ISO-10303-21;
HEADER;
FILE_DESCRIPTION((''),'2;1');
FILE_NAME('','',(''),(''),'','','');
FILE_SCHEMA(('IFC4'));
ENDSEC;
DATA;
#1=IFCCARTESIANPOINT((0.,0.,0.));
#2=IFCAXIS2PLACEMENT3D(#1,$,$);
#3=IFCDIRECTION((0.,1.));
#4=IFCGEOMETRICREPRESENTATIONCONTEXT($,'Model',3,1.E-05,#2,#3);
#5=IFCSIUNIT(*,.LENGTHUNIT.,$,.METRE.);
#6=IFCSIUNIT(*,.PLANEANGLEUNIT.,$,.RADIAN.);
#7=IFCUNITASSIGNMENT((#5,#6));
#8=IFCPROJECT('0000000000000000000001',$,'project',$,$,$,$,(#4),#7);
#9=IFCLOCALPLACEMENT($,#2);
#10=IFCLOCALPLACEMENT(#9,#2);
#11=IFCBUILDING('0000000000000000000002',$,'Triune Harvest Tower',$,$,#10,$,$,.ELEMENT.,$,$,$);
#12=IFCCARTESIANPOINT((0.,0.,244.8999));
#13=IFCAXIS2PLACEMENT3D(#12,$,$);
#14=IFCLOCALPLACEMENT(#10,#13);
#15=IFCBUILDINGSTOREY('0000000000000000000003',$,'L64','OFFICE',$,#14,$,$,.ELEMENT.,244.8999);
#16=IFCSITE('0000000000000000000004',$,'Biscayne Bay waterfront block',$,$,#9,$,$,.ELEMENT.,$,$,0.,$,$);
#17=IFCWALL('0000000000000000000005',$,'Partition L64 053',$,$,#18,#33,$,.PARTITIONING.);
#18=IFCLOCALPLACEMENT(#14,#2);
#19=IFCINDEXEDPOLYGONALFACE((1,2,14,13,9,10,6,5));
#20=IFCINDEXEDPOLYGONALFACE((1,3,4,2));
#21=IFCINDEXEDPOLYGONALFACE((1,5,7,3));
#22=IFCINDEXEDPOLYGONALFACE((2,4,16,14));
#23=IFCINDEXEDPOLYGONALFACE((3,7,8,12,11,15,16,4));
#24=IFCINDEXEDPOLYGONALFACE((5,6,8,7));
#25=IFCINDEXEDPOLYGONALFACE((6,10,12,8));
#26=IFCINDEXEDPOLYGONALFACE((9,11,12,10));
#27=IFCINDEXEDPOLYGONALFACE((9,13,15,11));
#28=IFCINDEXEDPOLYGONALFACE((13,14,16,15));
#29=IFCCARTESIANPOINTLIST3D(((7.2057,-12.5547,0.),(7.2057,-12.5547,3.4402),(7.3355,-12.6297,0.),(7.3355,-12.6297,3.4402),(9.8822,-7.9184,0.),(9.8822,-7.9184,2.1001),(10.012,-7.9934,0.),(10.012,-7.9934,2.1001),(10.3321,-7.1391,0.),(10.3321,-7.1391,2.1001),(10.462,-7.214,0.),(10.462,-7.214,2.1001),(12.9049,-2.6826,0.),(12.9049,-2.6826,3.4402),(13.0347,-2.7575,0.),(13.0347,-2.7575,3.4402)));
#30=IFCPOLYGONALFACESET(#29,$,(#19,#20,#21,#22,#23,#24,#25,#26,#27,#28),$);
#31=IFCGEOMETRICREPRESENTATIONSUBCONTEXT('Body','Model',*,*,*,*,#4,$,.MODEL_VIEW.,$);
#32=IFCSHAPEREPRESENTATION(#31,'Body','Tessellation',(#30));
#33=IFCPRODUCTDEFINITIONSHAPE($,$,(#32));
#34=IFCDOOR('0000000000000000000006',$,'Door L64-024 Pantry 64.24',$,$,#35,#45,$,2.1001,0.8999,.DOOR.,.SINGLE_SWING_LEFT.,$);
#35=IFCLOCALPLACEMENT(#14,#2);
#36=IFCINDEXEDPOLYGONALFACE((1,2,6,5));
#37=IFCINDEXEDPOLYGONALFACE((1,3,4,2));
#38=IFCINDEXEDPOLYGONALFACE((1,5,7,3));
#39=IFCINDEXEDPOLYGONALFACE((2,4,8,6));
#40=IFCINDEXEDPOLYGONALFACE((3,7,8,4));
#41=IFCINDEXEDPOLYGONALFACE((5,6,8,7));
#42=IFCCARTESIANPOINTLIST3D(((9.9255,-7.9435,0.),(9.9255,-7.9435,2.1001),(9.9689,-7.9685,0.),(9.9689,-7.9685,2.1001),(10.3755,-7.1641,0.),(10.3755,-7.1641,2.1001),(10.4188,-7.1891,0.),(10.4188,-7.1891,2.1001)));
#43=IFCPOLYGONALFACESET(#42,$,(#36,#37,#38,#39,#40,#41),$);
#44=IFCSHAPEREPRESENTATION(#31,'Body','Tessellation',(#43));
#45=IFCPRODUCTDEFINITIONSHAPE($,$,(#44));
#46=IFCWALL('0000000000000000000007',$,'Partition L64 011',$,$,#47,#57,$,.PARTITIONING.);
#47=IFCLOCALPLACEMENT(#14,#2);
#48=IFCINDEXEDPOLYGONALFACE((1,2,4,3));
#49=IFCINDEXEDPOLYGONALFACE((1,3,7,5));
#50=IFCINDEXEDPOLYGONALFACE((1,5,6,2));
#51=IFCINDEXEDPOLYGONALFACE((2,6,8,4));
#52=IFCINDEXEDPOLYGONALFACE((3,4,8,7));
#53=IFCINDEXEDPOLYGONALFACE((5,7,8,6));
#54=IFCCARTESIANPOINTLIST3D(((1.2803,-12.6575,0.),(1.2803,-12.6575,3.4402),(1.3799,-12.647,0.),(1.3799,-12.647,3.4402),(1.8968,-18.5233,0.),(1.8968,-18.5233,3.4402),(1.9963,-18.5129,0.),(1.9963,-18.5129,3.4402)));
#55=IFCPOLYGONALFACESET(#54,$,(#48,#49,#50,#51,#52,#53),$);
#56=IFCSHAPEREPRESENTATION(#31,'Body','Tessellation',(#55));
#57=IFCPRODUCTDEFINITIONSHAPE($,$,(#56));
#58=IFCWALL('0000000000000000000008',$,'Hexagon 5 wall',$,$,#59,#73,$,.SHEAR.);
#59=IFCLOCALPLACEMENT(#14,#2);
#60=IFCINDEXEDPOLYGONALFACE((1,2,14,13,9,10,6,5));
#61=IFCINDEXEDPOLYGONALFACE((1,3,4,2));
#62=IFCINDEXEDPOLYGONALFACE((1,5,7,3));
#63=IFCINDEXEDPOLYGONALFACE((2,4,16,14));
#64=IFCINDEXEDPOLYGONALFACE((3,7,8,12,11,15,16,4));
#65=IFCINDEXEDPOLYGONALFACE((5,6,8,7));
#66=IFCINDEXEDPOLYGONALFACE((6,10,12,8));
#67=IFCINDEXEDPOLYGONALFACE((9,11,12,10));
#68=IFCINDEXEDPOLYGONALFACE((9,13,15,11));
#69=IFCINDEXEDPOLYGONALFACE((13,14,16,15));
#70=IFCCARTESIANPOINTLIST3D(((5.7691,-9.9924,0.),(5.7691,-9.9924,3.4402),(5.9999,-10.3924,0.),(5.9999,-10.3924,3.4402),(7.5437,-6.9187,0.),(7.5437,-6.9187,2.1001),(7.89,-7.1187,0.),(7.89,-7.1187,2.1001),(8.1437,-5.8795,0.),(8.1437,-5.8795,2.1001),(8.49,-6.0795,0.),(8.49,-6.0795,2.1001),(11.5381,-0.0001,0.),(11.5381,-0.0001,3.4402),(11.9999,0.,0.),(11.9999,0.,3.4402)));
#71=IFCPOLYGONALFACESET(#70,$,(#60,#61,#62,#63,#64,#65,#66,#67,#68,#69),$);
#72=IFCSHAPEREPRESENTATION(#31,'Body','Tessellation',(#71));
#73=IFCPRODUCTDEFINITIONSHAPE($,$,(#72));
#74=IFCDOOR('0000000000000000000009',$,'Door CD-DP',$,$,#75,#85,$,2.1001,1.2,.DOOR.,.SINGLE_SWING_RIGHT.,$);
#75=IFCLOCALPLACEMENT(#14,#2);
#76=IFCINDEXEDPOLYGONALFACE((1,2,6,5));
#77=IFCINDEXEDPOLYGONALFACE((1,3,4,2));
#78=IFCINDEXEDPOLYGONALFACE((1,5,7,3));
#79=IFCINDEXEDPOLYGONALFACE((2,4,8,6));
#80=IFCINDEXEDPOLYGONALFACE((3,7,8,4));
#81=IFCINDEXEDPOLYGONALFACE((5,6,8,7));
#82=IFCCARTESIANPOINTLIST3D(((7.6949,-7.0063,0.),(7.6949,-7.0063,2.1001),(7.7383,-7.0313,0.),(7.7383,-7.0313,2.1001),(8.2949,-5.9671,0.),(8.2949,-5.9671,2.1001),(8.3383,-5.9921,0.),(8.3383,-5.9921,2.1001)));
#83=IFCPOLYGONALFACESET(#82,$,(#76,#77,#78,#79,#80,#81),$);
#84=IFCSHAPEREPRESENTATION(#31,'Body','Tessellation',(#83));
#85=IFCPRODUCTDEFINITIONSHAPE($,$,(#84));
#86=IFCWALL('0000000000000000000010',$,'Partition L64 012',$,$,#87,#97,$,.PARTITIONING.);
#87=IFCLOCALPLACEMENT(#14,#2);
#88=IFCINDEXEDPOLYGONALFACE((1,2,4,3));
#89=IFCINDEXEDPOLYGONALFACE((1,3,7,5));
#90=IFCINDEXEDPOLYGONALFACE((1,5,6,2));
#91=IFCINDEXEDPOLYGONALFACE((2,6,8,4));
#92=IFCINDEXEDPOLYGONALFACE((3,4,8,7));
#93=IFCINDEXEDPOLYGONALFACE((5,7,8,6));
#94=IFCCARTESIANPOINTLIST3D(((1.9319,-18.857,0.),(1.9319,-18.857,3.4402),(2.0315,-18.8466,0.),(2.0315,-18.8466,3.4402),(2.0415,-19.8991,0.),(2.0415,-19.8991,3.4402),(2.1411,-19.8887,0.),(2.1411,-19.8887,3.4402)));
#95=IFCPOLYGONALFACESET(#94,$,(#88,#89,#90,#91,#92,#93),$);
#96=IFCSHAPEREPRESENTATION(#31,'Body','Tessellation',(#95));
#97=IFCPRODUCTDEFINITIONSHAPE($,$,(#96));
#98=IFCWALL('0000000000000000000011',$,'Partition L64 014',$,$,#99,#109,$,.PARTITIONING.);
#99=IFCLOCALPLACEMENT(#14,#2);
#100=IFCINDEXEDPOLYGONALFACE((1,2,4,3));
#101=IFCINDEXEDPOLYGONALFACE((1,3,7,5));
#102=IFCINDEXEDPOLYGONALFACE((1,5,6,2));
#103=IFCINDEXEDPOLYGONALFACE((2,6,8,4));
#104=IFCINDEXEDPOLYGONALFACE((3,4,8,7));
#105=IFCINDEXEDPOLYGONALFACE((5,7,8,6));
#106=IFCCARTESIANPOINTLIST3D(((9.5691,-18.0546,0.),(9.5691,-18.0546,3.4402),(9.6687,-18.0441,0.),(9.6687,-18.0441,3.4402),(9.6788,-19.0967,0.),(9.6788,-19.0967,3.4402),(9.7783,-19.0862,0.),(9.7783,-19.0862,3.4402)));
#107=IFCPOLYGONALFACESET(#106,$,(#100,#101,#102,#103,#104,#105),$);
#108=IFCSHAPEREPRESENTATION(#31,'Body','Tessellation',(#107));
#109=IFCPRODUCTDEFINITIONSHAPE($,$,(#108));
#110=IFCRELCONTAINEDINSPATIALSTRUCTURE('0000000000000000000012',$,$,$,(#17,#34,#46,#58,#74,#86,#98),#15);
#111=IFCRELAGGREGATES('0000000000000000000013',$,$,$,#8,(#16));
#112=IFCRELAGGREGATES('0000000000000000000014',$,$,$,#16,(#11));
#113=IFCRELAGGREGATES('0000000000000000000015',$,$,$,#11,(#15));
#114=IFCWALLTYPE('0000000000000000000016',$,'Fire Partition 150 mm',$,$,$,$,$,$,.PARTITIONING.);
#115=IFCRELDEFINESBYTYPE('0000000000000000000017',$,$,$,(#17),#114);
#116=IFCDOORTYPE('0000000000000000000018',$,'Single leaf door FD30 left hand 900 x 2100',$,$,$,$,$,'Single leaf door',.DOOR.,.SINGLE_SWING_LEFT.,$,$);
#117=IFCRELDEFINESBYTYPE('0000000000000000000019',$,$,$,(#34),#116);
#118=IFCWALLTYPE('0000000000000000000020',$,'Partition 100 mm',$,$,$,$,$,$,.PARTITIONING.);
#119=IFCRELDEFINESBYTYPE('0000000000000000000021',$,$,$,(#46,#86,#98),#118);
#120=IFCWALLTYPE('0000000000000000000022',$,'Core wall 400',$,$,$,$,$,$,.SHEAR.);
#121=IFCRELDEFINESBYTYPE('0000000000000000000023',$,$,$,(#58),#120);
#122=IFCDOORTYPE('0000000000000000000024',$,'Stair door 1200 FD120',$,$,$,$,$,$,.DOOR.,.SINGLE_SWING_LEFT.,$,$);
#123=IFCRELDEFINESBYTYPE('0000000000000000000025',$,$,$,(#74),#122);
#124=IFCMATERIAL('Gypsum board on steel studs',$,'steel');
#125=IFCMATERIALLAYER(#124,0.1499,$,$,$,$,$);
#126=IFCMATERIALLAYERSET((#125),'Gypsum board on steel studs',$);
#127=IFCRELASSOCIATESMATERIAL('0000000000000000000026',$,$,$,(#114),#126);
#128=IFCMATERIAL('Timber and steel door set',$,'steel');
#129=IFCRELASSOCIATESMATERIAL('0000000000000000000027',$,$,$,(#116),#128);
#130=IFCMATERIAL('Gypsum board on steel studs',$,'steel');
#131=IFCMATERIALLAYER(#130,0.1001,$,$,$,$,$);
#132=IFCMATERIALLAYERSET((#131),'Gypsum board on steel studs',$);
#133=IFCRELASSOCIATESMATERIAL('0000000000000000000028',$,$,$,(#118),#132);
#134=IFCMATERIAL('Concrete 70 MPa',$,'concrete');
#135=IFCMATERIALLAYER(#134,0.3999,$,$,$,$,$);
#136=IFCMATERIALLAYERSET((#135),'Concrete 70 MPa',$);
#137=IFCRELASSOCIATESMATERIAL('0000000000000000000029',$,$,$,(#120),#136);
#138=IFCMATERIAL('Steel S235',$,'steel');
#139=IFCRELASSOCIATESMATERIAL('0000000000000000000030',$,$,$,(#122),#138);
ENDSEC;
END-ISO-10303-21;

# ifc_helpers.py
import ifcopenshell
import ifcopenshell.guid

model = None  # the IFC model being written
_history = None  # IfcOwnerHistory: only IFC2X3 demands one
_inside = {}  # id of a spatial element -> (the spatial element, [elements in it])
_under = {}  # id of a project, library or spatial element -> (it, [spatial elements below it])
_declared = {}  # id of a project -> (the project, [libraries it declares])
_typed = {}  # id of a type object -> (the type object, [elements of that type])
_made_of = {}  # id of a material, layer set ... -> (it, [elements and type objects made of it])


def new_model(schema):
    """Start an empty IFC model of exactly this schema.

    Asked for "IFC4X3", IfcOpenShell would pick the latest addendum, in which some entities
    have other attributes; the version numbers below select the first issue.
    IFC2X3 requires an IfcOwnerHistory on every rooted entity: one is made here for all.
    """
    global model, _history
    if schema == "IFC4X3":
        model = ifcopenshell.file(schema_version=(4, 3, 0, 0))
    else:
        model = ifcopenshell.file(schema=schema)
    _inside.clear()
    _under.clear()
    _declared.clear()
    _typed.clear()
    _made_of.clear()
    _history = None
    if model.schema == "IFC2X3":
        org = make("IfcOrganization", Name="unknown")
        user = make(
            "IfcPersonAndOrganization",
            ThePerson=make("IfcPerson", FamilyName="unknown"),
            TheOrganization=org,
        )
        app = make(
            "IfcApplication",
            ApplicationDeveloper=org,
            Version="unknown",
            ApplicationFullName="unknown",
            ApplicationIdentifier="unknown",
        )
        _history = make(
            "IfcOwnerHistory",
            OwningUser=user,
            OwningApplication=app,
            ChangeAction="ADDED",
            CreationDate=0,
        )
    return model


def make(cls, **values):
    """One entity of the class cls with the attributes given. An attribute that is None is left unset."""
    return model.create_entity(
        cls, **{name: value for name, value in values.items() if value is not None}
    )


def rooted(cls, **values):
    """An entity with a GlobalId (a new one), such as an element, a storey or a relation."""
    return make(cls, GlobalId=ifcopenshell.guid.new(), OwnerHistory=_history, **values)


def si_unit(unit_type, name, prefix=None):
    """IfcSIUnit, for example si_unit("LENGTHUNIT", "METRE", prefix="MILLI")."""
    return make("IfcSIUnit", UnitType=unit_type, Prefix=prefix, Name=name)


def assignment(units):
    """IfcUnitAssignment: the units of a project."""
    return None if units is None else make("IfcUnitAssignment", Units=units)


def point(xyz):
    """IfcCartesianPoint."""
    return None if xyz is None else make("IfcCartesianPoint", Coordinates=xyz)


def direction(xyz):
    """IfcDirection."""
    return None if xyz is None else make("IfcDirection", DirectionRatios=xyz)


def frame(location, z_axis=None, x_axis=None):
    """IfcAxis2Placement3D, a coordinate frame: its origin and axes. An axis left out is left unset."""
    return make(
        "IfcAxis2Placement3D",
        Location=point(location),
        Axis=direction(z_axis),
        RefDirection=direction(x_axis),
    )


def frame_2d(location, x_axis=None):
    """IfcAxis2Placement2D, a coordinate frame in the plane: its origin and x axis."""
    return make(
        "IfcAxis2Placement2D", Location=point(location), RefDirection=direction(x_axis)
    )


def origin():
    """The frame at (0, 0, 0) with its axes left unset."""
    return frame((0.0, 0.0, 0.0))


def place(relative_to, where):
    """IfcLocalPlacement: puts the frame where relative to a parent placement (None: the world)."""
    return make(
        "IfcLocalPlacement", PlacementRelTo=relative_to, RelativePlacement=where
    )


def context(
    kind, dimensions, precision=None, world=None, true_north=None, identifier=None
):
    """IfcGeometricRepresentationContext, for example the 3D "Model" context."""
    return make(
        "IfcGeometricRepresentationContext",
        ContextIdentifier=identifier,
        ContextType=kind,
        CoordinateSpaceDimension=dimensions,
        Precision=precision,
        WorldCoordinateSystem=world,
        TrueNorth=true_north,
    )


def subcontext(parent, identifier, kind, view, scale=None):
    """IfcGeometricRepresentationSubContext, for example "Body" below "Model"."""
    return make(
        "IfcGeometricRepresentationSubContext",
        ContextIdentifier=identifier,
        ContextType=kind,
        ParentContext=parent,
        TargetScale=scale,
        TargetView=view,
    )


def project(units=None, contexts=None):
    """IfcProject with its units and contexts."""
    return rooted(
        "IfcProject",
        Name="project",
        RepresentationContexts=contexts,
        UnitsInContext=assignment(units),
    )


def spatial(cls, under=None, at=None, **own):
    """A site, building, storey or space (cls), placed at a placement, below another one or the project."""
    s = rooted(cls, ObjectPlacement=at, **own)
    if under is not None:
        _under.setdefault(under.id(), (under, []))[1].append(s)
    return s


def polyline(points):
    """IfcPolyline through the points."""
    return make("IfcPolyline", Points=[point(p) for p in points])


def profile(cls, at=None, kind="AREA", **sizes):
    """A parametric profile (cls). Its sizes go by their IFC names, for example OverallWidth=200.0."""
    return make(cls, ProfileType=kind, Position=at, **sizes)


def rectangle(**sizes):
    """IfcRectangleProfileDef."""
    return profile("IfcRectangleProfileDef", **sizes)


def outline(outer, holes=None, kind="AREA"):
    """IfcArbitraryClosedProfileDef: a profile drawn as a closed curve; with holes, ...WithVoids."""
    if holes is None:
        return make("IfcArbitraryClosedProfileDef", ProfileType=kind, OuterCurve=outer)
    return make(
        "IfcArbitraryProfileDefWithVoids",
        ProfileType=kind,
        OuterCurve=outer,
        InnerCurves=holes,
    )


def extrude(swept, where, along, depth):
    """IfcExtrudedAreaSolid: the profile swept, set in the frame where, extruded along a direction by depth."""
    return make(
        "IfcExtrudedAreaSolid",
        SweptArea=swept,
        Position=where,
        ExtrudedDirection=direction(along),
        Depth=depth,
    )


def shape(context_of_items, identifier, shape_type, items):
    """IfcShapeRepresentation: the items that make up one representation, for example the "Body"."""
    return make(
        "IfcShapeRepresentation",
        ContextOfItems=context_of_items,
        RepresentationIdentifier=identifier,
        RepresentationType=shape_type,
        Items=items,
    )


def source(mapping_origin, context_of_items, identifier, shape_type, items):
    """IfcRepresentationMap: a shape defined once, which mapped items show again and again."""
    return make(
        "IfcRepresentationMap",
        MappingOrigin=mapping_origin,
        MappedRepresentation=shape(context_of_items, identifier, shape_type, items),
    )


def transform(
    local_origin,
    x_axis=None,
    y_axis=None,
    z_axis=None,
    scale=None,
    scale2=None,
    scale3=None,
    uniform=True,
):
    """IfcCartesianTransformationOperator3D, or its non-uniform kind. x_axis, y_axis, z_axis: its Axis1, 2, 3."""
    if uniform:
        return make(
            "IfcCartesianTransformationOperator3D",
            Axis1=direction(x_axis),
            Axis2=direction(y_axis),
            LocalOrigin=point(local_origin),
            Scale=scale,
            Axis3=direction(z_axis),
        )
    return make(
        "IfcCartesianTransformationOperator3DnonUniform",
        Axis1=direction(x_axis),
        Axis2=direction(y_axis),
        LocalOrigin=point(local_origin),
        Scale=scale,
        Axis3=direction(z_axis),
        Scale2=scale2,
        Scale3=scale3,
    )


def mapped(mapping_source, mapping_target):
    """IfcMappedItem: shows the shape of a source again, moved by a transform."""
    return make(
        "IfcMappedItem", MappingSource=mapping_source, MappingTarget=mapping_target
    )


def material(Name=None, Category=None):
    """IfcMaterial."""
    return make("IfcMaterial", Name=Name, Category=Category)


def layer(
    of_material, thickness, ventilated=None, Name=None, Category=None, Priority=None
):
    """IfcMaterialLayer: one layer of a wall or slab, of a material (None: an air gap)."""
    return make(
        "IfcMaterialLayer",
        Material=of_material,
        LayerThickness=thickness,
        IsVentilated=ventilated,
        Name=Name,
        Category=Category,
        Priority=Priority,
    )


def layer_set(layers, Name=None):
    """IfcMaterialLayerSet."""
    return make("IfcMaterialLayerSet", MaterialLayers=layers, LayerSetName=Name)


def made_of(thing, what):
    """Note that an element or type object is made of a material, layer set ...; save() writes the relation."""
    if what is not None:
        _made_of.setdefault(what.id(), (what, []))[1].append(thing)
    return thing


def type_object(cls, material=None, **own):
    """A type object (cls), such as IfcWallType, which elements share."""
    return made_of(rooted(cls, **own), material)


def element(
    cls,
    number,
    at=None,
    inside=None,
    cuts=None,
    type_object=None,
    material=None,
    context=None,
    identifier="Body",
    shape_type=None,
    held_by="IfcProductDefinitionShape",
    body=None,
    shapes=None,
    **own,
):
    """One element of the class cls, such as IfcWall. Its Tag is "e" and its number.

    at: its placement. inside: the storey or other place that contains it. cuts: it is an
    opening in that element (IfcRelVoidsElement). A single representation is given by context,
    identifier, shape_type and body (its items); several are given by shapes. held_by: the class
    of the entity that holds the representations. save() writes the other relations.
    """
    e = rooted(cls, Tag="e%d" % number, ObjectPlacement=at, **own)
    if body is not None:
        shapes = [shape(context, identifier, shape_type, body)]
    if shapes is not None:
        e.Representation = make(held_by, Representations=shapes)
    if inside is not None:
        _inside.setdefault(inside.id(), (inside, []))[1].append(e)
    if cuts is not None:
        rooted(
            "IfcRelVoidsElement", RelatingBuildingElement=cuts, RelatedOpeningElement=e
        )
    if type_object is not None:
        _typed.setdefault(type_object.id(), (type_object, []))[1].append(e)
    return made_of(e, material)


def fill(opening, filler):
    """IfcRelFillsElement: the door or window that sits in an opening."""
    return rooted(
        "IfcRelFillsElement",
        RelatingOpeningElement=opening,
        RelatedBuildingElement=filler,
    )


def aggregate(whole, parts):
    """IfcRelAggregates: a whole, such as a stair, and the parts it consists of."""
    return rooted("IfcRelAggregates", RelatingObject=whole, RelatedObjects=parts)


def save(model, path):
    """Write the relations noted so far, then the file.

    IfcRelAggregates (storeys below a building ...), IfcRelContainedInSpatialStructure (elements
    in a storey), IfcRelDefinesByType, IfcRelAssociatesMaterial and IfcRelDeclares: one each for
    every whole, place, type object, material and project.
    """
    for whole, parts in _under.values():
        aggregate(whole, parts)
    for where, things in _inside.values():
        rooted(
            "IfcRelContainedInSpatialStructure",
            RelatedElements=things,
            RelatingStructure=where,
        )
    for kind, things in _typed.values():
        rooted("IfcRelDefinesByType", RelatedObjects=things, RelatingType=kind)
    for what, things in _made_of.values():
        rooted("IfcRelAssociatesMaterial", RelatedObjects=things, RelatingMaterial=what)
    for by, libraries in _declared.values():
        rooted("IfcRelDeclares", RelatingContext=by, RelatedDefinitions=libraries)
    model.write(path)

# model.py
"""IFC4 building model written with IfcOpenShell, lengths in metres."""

from ifc_helpers import new_model, si_unit, direction, frame, frame_2d, origin, place, context, subcontext, project, spatial, polyline, rectangle, outline, extrude, source, transform, mapped, material, layer, layer_set, type_object, element, fill, save


model = new_model("IFC4")

# Units and contexts
model_context = context("Model", 3, precision=1e-05, world=origin(), true_north=direction((0.0, 1.0)))
body_context = subcontext(model_context, "Body", "Model", "MODEL_VIEW")
ifc_project = project(units=[si_unit("LENGTHUNIT", "METRE"), si_unit("PLANEANGLEUNIT", "RADIAN")], contexts=[model_context])

# Site, building, storey
site_placement = place(None, origin())
site = spatial("IfcSite", under=ifc_project, at=site_placement, Name="Biscayne Bay waterfront block", CompositionType="ELEMENT", RefElevation=0.0)
building_placement = place(site_placement, origin())
building = spatial("IfcBuilding", under=site, at=building_placement, Name="Triune Harvest Tower", CompositionType="ELEMENT")
storey_placement = place(building_placement, frame((0.0, 0.0, 244.8999)))
storey = spatial("IfcBuildingStorey", under=building, at=storey_placement, Name="L64", Description="OFFICE", CompositionType="ELEMENT", Elevation=244.8999)

# Wall, opening, door
ifc_material_1 = material(Name="Gypsum board on steel studs", Category="steel")
ifc_layer_1 = layer(ifc_material_1, 0.1499)
ifc_layer_set_1 = layer_set([ifc_layer_1], Name="Gypsum board on steel studs")
wall_type_1 = type_object("IfcWallType", Name="Fire Partition 150 mm", PredefinedType="PARTITIONING", material=ifc_layer_set_1)
wall_1_placement = place(storey_placement, frame((7.2705, -12.5923, 0.0), z_axis=(0.0, 0.0, 1.0), x_axis=(0.499972, 0.866041, 0.0)))
wall_1 = element("IfcWall", 1, at=wall_1_placement, inside=storey, type_object=wall_type_1, Name="Partition L64 053", PredefinedType="PARTITIONING", context=body_context, shape_type="SweptSolid", body=[
    extrude(rectangle(XDim=11.3992, YDim=0.1499, at=frame_2d((5.6997, 0.0))), origin(), (0.0, 0.0, 1.0), 3.4402),
])
opening_1_placement = place(wall_1_placement, frame((5.3535, 0.0, 0.0)))
opening_1 = element("IfcOpeningElement", 2, at=opening_1_placement, cuts=wall_1, PredefinedType="OPENING", context=body_context, shape_type="SweptSolid", body=[
    extrude(rectangle(XDim=0.8999, YDim=2.1001, at=frame_2d((0.45, 1.05))), frame((0.0, 0.085, 0.0), z_axis=(0.0, -1.0, 0.0), x_axis=(1.0, 0.0, 0.0)), (0.0, 0.0, 1.0), 0.1699),
])
ifc_material_2 = material(Name="Timber and steel door set", Category="steel")
door_type_1 = type_object("IfcDoorType", Name="Single leaf door FD30 left hand 900 x 2100", ElementType="Single leaf door", OperationType="SINGLE_SWING_LEFT", PredefinedType="DOOR", material=ifc_material_2)
door_1_placement = place(opening_1_placement, origin())
door_1 = element("IfcDoor", 3, at=door_1_placement, inside=storey, type_object=door_type_1, Name="Door L64-024 Pantry 64.24", OperationType="SINGLE_SWING_LEFT", OverallHeight=2.1001, OverallWidth=0.8999, PredefinedType="DOOR", context=body_context, shape_type="SweptSolid", body=[
    extrude(rectangle(XDim=0.8999, YDim=2.1001, at=frame_2d((0.45, 1.05))), frame((0.0, 0.0249, 0.0), z_axis=(0.0, -1.0, 0.0), x_axis=(1.0, 0.0, 0.0)), (0.0, 0.0, 1.0), 0.05),
])
fill(opening_1, door_1)

# Wall
ifc_material_3 = material(Name="Gypsum board on steel studs", Category="steel")
ifc_layer_2 = layer(ifc_material_3, 0.1001)
ifc_layer_set_2 = layer_set([ifc_layer_2], Name="Gypsum board on steel studs")
wall_type_2 = type_object("IfcWallType", Name="Partition 100 mm", PredefinedType="PARTITIONING", material=ifc_layer_set_2)
wall_2_placement = place(storey_placement, frame((1.3301, -12.6521, 0.0), z_axis=(0.0, 0.0, 1.0), x_axis=(0.104515, -0.994523, 0.0)))
element("IfcWall", 4, at=wall_2_placement, inside=storey, type_object=wall_type_2, Name="Partition L64 011", PredefinedType="PARTITIONING", context=body_context, shape_type="SweptSolid", body=[
    extrude(rectangle(XDim=5.8982, YDim=0.1001, at=frame_2d((2.9492, 0.0))), origin(), (0.0, 0.0, 1.0), 3.4402),
])

# Wall, opening, door
ifc_material_4 = material(Name="Concrete 70 MPa", Category="concrete")
ifc_layer_3 = layer(ifc_material_4, 0.3999)
ifc_layer_set_3 = layer_set([ifc_layer_3], Name="Concrete 70 MPa")
wall_type_3 = type_object("IfcWallType", Name="Core wall 400", PredefinedType="SHEAR", material=ifc_layer_set_3)
shared_shape_1 = source(origin(), body_context, "Body", "SweptSolid", [
    extrude(outline(polyline([(-0.1155, -0.2), (11.8845, -0.2), (11.6536, 0.2), (0.1155, 0.2), (-0.1155, -0.2)])), origin(), (0.0, 0.0, 1.0), 3.4402),
])
wall_3_placement = place(storey_placement, frame((5.8845, -10.1924, 0.0), z_axis=(0.0, 0.0, 1.0), x_axis=(0.499997, 0.866027, 0.0)))
wall_3 = element("IfcWall", 5, at=wall_3_placement, inside=storey, type_object=wall_type_3, Name="Hexagon 5 wall", PredefinedType="SHEAR", context=body_context, shape_type="MappedRepresentation", body=[
    mapped(shared_shape_1, transform((0.0, 0.0, 0.0), scale=1.0)),
])
opening_2_placement = place(wall_3_placement, frame((3.6646, 0.0, 0.0)))
opening_2 = element("IfcOpeningElement", 6, at=opening_2_placement, cuts=wall_3, PredefinedType="OPENING", context=body_context, shape_type="SweptSolid", body=[
    extrude(rectangle(XDim=1.2, YDim=2.1001, at=frame_2d((0.6001, 1.05))), frame((0.0, 0.21, 0.0), z_axis=(0.0, -1.0, 0.0), x_axis=(1.0, 0.0, 0.0)), (0.0, 0.0, 1.0), 0.4199),
])
ifc_material_5 = material(Name="Steel S235", Category="steel")
door_type_2 = type_object("IfcDoorType", Name="Stair door 1200 FD120", OperationType="SINGLE_SWING_LEFT", PredefinedType="DOOR", material=ifc_material_5)
door_2_placement = place(opening_2_placement, frame((1.2, 0.0, 0.0), z_axis=(0.0, 0.0, 1.0), x_axis=(-1.0, 0.0, 0.0)))
door_2 = element("IfcDoor", 7, at=door_2_placement, inside=storey, type_object=door_type_2, Name="Door CD-DP", OperationType="SINGLE_SWING_RIGHT", OverallHeight=2.1001, OverallWidth=1.2, PredefinedType="DOOR", context=body_context, shape_type="SweptSolid", body=[
    extrude(rectangle(XDim=1.2, YDim=2.1001, at=frame_2d((0.6001, 1.05))), frame((0.0, 0.0249, 0.0), z_axis=(0.0, -1.0, 0.0), x_axis=(1.0, 0.0, 0.0)), (0.0, 0.0, 1.0), 0.05),
])
fill(opening_2, door_2)

# Walls
shared_shape_2 = source(origin(), body_context, "Body", "SweptSolid", [
    extrude(rectangle(XDim=1.0479, YDim=0.1001, at=frame_2d((0.5239, 0.0))), origin(), (0.0, 0.0, 1.0), 3.4402),
])
for number, where, z_axis, x_axis, name in (
    (8, (1.9817, -18.8518, 0.0), (0.0, 0.0, 1.0), (0.104624, -0.994512, 0.0), "Partition L64 012"),
    (9, (9.6189, -18.0493, 0.0), (0.0, 0.0, 1.0), (0.104624, -0.994512, 0.0), "Partition L64 014"),
):
    element("IfcWall", number, at=place(storey_placement, frame(where, z_axis=z_axis, x_axis=x_axis)), inside=storey, type_object=wall_type_2, Name=name, PredefinedType="PARTITIONING", context=body_context, shape_type="MappedRepresentation", body=[
        mapped(shared_shape_2, transform((0.0, 0.0, 0.0), scale=1.0)),
    ])

save(model, "model.ifc")
